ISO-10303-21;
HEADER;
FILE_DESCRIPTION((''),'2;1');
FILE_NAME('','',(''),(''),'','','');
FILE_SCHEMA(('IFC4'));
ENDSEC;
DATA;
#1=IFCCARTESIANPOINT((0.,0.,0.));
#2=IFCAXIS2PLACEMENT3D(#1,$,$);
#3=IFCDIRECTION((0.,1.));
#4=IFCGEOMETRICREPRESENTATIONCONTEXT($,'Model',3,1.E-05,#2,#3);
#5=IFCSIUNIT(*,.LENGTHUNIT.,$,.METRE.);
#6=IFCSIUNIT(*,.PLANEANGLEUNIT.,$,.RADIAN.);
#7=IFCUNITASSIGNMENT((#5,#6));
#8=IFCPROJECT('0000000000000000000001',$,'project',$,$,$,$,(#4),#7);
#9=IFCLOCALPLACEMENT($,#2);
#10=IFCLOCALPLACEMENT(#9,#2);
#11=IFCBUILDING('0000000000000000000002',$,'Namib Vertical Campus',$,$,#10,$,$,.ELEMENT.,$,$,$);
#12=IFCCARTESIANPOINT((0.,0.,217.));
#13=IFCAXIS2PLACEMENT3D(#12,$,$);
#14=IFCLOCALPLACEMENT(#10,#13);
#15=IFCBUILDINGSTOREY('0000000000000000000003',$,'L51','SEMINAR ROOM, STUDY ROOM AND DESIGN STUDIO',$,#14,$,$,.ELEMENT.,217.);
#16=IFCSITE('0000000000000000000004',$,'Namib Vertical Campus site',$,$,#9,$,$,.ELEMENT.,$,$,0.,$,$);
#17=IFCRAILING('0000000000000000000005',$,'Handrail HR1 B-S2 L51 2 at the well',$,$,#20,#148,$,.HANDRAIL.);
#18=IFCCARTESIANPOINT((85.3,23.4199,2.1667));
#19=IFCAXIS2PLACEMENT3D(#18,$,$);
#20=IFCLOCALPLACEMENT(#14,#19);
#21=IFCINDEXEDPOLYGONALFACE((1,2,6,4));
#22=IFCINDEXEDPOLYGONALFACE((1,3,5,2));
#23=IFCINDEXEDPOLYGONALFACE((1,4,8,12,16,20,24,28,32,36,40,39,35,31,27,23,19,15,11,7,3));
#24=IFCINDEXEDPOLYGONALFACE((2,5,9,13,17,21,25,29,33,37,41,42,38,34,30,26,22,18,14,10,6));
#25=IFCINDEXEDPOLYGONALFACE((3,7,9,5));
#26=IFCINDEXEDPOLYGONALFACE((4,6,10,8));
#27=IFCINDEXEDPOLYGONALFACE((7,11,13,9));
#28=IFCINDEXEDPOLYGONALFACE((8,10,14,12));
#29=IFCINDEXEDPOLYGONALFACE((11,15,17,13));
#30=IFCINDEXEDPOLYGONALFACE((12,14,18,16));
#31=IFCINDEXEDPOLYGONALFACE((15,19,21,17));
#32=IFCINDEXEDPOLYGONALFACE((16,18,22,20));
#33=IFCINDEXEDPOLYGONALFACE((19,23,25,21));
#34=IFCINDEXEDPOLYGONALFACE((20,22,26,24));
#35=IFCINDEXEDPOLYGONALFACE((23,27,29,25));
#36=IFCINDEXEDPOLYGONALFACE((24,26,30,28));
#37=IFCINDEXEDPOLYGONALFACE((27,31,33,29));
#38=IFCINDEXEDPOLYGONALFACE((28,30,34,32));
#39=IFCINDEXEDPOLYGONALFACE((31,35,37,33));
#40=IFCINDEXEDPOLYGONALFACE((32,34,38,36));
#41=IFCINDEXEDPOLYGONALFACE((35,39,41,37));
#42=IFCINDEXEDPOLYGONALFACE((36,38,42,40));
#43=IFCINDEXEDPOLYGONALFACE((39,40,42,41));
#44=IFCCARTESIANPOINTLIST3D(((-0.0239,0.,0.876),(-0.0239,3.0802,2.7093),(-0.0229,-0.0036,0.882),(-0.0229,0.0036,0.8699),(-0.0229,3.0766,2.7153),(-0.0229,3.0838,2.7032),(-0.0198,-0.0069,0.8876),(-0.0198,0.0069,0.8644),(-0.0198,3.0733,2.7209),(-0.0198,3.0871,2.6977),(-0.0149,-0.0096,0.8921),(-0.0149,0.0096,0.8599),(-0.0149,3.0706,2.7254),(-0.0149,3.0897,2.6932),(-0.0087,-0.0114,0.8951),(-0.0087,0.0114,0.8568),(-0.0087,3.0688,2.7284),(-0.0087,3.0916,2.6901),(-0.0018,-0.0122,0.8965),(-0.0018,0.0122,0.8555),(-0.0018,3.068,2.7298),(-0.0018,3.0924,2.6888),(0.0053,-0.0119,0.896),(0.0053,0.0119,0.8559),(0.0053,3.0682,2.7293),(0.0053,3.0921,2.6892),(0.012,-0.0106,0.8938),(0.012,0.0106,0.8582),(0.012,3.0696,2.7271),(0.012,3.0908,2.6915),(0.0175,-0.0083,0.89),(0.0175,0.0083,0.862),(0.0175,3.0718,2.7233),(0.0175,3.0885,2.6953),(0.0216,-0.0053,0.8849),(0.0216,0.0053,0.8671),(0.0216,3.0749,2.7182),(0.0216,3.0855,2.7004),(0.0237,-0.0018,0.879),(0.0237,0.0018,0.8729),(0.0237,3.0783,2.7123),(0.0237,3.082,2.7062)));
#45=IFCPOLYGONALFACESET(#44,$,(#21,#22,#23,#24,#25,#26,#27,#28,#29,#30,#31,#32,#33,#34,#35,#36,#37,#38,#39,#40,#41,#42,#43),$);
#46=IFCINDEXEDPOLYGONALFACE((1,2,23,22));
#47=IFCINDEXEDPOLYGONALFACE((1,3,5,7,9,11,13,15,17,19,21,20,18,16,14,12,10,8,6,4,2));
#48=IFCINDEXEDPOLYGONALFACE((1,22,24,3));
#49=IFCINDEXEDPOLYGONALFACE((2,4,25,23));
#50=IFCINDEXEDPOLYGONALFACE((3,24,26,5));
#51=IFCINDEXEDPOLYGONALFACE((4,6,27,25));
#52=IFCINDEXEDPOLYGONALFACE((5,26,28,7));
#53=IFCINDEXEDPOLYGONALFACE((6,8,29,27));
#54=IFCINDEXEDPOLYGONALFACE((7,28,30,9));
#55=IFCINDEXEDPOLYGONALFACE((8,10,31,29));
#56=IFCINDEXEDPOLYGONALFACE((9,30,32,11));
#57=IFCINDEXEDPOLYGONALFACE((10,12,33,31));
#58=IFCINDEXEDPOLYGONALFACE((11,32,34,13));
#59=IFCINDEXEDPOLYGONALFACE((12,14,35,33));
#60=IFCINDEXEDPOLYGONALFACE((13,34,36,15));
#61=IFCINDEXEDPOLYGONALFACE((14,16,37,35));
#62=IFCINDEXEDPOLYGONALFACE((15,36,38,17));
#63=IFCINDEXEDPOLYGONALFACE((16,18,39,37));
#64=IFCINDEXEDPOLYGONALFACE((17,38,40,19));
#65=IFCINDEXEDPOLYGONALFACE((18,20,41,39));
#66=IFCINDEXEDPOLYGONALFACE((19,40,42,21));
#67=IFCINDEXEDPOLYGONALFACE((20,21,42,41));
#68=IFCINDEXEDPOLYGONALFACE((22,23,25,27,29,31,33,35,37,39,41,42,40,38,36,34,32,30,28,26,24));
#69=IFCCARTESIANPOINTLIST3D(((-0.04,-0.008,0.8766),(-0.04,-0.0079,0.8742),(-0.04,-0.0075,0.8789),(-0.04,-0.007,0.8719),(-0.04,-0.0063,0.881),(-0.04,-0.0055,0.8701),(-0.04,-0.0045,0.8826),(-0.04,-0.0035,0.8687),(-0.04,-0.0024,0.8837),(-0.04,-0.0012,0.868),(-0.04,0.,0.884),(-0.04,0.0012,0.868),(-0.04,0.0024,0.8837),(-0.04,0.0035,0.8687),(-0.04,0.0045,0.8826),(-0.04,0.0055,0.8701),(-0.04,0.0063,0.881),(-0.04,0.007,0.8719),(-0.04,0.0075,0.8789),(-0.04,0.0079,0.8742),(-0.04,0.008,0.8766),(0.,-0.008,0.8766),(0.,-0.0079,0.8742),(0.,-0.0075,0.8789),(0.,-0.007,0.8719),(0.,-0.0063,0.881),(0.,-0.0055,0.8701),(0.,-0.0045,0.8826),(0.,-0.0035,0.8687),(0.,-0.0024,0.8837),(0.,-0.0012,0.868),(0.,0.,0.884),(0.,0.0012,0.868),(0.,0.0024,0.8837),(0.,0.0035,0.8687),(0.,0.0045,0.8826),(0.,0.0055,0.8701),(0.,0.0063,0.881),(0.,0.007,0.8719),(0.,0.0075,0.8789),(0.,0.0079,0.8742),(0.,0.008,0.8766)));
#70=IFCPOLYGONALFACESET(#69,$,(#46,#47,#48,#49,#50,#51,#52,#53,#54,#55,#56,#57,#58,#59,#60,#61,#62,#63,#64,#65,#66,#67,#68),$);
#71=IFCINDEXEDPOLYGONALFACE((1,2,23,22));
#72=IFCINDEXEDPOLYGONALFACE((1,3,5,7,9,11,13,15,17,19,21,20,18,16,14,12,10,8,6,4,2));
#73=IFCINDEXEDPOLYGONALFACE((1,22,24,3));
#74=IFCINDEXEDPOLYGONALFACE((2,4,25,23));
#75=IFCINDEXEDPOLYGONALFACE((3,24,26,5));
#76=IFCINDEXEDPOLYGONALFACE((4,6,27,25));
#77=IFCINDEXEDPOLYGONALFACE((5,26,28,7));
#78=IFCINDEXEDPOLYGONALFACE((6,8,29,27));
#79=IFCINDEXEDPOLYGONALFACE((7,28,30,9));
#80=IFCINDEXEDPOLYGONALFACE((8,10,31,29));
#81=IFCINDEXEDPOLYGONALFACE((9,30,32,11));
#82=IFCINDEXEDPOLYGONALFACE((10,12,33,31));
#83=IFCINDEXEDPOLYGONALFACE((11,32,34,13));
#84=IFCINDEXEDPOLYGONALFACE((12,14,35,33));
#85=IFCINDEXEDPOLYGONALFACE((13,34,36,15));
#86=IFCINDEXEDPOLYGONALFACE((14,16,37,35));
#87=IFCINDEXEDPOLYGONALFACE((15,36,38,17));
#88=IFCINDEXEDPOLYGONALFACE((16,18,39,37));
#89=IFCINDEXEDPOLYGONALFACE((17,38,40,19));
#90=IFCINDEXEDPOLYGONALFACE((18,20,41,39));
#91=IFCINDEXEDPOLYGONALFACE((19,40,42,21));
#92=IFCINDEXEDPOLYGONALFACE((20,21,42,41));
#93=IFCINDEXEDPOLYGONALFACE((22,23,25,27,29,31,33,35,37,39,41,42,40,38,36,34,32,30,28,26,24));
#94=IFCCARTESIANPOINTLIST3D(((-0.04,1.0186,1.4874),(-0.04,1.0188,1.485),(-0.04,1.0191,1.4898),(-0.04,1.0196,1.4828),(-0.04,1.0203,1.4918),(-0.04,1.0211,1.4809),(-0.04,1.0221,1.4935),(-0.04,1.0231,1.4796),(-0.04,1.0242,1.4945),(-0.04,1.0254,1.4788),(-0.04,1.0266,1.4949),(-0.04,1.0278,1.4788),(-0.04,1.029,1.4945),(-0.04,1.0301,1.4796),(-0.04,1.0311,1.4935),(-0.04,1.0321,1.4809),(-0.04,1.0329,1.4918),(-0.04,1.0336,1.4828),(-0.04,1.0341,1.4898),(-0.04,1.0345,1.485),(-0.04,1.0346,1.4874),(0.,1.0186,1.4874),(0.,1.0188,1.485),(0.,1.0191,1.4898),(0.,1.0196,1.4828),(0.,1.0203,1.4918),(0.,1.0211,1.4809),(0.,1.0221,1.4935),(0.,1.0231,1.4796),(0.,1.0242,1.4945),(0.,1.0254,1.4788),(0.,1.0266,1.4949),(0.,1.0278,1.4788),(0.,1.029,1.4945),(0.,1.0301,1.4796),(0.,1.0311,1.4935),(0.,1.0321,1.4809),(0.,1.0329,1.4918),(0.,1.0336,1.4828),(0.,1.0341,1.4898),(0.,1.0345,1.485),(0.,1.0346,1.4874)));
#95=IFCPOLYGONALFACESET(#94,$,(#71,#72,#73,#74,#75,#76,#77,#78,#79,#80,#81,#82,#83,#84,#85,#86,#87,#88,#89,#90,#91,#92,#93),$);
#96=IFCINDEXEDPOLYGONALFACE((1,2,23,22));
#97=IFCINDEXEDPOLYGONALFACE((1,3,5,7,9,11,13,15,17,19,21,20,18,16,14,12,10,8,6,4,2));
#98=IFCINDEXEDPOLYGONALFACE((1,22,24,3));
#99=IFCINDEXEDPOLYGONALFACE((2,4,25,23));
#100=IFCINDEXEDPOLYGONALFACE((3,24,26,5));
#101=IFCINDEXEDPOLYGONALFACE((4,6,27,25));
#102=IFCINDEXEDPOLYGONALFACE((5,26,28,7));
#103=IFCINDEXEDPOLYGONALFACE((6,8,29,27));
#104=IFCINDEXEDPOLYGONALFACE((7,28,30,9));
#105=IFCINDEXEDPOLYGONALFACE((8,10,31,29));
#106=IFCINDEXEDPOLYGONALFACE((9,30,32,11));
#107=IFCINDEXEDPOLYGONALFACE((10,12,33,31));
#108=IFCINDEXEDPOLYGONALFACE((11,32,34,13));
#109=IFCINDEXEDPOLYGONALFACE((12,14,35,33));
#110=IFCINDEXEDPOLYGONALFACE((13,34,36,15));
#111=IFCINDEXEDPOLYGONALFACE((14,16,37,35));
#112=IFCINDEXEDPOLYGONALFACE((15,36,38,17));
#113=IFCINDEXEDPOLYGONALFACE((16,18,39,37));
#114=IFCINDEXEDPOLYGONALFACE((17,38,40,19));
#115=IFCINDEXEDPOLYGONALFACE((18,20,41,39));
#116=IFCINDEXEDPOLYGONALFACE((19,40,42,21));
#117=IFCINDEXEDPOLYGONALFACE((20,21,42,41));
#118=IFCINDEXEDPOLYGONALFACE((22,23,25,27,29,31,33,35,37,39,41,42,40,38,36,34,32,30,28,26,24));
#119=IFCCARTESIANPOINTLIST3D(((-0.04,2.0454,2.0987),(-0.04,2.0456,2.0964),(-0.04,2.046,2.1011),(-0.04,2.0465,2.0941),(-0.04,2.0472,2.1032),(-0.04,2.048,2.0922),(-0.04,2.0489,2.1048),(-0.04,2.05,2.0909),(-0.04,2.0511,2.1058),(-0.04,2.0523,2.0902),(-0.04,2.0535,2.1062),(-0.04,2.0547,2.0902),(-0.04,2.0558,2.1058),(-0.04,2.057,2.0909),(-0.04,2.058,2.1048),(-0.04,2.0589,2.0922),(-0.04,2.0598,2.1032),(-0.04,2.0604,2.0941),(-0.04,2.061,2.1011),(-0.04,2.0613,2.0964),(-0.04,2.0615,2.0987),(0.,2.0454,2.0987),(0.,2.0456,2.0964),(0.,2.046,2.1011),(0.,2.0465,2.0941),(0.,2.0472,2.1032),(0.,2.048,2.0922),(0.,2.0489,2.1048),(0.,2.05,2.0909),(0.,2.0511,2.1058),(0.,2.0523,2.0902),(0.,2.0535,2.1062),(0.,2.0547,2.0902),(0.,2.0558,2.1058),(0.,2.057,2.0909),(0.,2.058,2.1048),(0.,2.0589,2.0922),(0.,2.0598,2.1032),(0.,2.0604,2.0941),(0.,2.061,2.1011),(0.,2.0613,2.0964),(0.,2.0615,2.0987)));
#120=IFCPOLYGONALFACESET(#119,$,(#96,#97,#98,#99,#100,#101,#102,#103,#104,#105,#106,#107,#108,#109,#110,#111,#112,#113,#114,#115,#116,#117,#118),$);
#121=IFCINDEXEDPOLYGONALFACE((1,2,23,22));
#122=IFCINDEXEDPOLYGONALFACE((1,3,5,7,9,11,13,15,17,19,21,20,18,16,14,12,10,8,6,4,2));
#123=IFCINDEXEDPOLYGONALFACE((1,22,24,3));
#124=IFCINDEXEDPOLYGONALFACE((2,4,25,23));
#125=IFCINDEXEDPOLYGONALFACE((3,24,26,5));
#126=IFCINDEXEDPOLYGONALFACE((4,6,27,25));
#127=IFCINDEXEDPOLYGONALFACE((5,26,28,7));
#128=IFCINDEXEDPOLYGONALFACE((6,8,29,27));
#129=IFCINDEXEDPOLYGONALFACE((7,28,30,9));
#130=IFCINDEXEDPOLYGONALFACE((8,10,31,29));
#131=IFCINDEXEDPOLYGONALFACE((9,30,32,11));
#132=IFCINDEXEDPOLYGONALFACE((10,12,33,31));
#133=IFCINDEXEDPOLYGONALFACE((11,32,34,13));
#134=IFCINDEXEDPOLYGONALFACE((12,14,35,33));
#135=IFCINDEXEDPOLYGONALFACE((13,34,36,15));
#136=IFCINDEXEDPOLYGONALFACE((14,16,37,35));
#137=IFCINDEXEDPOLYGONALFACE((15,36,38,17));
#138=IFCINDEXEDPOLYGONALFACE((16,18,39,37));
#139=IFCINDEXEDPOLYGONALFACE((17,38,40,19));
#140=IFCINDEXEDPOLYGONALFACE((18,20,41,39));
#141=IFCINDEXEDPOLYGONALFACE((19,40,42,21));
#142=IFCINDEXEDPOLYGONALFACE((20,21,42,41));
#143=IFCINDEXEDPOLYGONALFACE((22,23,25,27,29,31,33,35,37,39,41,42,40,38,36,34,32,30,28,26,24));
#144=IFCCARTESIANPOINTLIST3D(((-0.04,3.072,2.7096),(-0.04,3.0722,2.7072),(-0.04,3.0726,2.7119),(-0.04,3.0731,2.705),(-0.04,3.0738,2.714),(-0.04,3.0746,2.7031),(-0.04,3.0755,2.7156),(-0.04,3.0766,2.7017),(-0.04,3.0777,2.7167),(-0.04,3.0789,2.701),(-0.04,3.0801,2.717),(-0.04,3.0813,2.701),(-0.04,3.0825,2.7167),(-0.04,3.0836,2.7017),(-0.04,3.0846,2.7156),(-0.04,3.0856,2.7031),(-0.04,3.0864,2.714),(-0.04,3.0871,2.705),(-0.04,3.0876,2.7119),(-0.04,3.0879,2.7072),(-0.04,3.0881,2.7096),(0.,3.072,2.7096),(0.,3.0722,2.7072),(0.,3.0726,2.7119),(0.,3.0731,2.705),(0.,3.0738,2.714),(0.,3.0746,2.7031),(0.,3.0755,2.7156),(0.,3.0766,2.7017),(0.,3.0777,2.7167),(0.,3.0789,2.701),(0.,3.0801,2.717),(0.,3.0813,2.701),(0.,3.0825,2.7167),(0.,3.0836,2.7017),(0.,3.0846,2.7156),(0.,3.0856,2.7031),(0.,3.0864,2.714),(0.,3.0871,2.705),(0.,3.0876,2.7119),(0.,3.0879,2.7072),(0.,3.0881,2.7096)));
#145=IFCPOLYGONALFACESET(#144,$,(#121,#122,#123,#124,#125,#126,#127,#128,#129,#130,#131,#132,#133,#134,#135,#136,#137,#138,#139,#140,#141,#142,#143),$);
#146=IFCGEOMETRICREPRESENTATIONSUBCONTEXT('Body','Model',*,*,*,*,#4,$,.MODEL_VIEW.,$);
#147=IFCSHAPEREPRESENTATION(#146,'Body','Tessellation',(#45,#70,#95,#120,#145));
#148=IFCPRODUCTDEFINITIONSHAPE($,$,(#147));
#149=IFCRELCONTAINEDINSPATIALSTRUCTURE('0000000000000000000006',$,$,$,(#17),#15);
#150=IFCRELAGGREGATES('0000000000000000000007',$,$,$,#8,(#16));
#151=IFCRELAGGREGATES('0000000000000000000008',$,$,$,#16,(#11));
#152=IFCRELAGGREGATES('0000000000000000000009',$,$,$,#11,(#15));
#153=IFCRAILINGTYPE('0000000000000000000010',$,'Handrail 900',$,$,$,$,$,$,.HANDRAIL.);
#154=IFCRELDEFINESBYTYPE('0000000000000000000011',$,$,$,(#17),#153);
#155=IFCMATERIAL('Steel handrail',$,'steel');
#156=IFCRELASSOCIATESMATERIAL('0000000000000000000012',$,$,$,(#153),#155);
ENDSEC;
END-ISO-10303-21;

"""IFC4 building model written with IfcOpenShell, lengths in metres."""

from ifc_helpers import new_model, si_unit, direction, frame, origin, origin_2d, place, context, subcontext, project, spatial, circle, extrude, material, type_object, element, save


model = new_model("IFC4")

# Units and contexts
model_context = context("Model", 3, precision=1e-05, world=origin(), true_north=direction((0.0, 1.0)))
body_context = subcontext(model_context, "Body", "Model", "MODEL_VIEW")
ifc_project = project(units=[si_unit("LENGTHUNIT", "METRE"), si_unit("PLANEANGLEUNIT", "RADIAN")], contexts=[model_context])

# Site, building, storey
site_placement = place(None, origin())
site = spatial("IfcSite", under=ifc_project, at=site_placement, Name="Namib Vertical Campus site", CompositionType="ELEMENT", RefElevation=0.0)
building_placement = place(site_placement, origin())
building = spatial("IfcBuilding", under=site, at=building_placement, Name="Namib Vertical Campus", CompositionType="ELEMENT")
storey_placement = place(building_placement, frame((0.0, 0.0, 217.0)))
storey = spatial("IfcBuildingStorey", under=building, at=storey_placement, Name="L51", Description="SEMINAR ROOM, STUDY ROOM AND DESIGN STUDIO", CompositionType="ELEMENT", Elevation=217.0)

# Railing
ifc_material_1 = material(Name="Steel handrail", Category="steel")
railing_type_1 = type_object("IfcRailingType", Name="Handrail 900", PredefinedType="HANDRAIL", material=ifc_material_1)
railing_1_placement = place(storey_placement, frame((85.3, 23.4199, 2.1667)))
element("IfcRailing", 1, at=railing_1_placement, inside=storey, type_object=railing_type_1, Name="Handrail HR1 B-S2 L51 2 at the well", PredefinedType="HANDRAIL", context=body_context, shape_type="SweptSolid", body=[
    extrude(circle(Radius=0.0239, at=origin_2d()), frame((0.0, 0.0, 0.876), z_axis=(0.0, 0.859309, 0.511458), x_axis=(-1.0, 0.0, 0.0)), (0.0, 0.0, 1.0), 3.5845),
    extrude(circle(Radius=0.0081, at=origin_2d()), frame((0.0, 0.0, 0.876), z_axis=(-1.0, 0.0, 0.0), x_axis=(0.0, 0.0, 1.0)), (0.0, 0.0, 1.0), 0.04),
    extrude(circle(Radius=0.0081, at=origin_2d()), frame((0.0, 1.0266, 1.4868), z_axis=(-1.0, 0.0, 0.0), x_axis=(0.0, 0.0, 1.0)), (0.0, 0.0, 1.0), 0.04),
    extrude(circle(Radius=0.0081, at=origin_2d()), frame((0.0, 2.0535, 2.0981), z_axis=(-1.0, 0.0, 0.0), x_axis=(0.0, 0.0, 1.0)), (0.0, 0.0, 1.0), 0.04),
    extrude(circle(Radius=0.0081, at=origin_2d()), frame((0.0, 3.0801, 2.709), z_axis=(-1.0, 0.0, 0.0), x_axis=(0.0, 0.0, 1.0)), (0.0, 0.0, 1.0), 0.04),
])

save(model, "model.ifc")
